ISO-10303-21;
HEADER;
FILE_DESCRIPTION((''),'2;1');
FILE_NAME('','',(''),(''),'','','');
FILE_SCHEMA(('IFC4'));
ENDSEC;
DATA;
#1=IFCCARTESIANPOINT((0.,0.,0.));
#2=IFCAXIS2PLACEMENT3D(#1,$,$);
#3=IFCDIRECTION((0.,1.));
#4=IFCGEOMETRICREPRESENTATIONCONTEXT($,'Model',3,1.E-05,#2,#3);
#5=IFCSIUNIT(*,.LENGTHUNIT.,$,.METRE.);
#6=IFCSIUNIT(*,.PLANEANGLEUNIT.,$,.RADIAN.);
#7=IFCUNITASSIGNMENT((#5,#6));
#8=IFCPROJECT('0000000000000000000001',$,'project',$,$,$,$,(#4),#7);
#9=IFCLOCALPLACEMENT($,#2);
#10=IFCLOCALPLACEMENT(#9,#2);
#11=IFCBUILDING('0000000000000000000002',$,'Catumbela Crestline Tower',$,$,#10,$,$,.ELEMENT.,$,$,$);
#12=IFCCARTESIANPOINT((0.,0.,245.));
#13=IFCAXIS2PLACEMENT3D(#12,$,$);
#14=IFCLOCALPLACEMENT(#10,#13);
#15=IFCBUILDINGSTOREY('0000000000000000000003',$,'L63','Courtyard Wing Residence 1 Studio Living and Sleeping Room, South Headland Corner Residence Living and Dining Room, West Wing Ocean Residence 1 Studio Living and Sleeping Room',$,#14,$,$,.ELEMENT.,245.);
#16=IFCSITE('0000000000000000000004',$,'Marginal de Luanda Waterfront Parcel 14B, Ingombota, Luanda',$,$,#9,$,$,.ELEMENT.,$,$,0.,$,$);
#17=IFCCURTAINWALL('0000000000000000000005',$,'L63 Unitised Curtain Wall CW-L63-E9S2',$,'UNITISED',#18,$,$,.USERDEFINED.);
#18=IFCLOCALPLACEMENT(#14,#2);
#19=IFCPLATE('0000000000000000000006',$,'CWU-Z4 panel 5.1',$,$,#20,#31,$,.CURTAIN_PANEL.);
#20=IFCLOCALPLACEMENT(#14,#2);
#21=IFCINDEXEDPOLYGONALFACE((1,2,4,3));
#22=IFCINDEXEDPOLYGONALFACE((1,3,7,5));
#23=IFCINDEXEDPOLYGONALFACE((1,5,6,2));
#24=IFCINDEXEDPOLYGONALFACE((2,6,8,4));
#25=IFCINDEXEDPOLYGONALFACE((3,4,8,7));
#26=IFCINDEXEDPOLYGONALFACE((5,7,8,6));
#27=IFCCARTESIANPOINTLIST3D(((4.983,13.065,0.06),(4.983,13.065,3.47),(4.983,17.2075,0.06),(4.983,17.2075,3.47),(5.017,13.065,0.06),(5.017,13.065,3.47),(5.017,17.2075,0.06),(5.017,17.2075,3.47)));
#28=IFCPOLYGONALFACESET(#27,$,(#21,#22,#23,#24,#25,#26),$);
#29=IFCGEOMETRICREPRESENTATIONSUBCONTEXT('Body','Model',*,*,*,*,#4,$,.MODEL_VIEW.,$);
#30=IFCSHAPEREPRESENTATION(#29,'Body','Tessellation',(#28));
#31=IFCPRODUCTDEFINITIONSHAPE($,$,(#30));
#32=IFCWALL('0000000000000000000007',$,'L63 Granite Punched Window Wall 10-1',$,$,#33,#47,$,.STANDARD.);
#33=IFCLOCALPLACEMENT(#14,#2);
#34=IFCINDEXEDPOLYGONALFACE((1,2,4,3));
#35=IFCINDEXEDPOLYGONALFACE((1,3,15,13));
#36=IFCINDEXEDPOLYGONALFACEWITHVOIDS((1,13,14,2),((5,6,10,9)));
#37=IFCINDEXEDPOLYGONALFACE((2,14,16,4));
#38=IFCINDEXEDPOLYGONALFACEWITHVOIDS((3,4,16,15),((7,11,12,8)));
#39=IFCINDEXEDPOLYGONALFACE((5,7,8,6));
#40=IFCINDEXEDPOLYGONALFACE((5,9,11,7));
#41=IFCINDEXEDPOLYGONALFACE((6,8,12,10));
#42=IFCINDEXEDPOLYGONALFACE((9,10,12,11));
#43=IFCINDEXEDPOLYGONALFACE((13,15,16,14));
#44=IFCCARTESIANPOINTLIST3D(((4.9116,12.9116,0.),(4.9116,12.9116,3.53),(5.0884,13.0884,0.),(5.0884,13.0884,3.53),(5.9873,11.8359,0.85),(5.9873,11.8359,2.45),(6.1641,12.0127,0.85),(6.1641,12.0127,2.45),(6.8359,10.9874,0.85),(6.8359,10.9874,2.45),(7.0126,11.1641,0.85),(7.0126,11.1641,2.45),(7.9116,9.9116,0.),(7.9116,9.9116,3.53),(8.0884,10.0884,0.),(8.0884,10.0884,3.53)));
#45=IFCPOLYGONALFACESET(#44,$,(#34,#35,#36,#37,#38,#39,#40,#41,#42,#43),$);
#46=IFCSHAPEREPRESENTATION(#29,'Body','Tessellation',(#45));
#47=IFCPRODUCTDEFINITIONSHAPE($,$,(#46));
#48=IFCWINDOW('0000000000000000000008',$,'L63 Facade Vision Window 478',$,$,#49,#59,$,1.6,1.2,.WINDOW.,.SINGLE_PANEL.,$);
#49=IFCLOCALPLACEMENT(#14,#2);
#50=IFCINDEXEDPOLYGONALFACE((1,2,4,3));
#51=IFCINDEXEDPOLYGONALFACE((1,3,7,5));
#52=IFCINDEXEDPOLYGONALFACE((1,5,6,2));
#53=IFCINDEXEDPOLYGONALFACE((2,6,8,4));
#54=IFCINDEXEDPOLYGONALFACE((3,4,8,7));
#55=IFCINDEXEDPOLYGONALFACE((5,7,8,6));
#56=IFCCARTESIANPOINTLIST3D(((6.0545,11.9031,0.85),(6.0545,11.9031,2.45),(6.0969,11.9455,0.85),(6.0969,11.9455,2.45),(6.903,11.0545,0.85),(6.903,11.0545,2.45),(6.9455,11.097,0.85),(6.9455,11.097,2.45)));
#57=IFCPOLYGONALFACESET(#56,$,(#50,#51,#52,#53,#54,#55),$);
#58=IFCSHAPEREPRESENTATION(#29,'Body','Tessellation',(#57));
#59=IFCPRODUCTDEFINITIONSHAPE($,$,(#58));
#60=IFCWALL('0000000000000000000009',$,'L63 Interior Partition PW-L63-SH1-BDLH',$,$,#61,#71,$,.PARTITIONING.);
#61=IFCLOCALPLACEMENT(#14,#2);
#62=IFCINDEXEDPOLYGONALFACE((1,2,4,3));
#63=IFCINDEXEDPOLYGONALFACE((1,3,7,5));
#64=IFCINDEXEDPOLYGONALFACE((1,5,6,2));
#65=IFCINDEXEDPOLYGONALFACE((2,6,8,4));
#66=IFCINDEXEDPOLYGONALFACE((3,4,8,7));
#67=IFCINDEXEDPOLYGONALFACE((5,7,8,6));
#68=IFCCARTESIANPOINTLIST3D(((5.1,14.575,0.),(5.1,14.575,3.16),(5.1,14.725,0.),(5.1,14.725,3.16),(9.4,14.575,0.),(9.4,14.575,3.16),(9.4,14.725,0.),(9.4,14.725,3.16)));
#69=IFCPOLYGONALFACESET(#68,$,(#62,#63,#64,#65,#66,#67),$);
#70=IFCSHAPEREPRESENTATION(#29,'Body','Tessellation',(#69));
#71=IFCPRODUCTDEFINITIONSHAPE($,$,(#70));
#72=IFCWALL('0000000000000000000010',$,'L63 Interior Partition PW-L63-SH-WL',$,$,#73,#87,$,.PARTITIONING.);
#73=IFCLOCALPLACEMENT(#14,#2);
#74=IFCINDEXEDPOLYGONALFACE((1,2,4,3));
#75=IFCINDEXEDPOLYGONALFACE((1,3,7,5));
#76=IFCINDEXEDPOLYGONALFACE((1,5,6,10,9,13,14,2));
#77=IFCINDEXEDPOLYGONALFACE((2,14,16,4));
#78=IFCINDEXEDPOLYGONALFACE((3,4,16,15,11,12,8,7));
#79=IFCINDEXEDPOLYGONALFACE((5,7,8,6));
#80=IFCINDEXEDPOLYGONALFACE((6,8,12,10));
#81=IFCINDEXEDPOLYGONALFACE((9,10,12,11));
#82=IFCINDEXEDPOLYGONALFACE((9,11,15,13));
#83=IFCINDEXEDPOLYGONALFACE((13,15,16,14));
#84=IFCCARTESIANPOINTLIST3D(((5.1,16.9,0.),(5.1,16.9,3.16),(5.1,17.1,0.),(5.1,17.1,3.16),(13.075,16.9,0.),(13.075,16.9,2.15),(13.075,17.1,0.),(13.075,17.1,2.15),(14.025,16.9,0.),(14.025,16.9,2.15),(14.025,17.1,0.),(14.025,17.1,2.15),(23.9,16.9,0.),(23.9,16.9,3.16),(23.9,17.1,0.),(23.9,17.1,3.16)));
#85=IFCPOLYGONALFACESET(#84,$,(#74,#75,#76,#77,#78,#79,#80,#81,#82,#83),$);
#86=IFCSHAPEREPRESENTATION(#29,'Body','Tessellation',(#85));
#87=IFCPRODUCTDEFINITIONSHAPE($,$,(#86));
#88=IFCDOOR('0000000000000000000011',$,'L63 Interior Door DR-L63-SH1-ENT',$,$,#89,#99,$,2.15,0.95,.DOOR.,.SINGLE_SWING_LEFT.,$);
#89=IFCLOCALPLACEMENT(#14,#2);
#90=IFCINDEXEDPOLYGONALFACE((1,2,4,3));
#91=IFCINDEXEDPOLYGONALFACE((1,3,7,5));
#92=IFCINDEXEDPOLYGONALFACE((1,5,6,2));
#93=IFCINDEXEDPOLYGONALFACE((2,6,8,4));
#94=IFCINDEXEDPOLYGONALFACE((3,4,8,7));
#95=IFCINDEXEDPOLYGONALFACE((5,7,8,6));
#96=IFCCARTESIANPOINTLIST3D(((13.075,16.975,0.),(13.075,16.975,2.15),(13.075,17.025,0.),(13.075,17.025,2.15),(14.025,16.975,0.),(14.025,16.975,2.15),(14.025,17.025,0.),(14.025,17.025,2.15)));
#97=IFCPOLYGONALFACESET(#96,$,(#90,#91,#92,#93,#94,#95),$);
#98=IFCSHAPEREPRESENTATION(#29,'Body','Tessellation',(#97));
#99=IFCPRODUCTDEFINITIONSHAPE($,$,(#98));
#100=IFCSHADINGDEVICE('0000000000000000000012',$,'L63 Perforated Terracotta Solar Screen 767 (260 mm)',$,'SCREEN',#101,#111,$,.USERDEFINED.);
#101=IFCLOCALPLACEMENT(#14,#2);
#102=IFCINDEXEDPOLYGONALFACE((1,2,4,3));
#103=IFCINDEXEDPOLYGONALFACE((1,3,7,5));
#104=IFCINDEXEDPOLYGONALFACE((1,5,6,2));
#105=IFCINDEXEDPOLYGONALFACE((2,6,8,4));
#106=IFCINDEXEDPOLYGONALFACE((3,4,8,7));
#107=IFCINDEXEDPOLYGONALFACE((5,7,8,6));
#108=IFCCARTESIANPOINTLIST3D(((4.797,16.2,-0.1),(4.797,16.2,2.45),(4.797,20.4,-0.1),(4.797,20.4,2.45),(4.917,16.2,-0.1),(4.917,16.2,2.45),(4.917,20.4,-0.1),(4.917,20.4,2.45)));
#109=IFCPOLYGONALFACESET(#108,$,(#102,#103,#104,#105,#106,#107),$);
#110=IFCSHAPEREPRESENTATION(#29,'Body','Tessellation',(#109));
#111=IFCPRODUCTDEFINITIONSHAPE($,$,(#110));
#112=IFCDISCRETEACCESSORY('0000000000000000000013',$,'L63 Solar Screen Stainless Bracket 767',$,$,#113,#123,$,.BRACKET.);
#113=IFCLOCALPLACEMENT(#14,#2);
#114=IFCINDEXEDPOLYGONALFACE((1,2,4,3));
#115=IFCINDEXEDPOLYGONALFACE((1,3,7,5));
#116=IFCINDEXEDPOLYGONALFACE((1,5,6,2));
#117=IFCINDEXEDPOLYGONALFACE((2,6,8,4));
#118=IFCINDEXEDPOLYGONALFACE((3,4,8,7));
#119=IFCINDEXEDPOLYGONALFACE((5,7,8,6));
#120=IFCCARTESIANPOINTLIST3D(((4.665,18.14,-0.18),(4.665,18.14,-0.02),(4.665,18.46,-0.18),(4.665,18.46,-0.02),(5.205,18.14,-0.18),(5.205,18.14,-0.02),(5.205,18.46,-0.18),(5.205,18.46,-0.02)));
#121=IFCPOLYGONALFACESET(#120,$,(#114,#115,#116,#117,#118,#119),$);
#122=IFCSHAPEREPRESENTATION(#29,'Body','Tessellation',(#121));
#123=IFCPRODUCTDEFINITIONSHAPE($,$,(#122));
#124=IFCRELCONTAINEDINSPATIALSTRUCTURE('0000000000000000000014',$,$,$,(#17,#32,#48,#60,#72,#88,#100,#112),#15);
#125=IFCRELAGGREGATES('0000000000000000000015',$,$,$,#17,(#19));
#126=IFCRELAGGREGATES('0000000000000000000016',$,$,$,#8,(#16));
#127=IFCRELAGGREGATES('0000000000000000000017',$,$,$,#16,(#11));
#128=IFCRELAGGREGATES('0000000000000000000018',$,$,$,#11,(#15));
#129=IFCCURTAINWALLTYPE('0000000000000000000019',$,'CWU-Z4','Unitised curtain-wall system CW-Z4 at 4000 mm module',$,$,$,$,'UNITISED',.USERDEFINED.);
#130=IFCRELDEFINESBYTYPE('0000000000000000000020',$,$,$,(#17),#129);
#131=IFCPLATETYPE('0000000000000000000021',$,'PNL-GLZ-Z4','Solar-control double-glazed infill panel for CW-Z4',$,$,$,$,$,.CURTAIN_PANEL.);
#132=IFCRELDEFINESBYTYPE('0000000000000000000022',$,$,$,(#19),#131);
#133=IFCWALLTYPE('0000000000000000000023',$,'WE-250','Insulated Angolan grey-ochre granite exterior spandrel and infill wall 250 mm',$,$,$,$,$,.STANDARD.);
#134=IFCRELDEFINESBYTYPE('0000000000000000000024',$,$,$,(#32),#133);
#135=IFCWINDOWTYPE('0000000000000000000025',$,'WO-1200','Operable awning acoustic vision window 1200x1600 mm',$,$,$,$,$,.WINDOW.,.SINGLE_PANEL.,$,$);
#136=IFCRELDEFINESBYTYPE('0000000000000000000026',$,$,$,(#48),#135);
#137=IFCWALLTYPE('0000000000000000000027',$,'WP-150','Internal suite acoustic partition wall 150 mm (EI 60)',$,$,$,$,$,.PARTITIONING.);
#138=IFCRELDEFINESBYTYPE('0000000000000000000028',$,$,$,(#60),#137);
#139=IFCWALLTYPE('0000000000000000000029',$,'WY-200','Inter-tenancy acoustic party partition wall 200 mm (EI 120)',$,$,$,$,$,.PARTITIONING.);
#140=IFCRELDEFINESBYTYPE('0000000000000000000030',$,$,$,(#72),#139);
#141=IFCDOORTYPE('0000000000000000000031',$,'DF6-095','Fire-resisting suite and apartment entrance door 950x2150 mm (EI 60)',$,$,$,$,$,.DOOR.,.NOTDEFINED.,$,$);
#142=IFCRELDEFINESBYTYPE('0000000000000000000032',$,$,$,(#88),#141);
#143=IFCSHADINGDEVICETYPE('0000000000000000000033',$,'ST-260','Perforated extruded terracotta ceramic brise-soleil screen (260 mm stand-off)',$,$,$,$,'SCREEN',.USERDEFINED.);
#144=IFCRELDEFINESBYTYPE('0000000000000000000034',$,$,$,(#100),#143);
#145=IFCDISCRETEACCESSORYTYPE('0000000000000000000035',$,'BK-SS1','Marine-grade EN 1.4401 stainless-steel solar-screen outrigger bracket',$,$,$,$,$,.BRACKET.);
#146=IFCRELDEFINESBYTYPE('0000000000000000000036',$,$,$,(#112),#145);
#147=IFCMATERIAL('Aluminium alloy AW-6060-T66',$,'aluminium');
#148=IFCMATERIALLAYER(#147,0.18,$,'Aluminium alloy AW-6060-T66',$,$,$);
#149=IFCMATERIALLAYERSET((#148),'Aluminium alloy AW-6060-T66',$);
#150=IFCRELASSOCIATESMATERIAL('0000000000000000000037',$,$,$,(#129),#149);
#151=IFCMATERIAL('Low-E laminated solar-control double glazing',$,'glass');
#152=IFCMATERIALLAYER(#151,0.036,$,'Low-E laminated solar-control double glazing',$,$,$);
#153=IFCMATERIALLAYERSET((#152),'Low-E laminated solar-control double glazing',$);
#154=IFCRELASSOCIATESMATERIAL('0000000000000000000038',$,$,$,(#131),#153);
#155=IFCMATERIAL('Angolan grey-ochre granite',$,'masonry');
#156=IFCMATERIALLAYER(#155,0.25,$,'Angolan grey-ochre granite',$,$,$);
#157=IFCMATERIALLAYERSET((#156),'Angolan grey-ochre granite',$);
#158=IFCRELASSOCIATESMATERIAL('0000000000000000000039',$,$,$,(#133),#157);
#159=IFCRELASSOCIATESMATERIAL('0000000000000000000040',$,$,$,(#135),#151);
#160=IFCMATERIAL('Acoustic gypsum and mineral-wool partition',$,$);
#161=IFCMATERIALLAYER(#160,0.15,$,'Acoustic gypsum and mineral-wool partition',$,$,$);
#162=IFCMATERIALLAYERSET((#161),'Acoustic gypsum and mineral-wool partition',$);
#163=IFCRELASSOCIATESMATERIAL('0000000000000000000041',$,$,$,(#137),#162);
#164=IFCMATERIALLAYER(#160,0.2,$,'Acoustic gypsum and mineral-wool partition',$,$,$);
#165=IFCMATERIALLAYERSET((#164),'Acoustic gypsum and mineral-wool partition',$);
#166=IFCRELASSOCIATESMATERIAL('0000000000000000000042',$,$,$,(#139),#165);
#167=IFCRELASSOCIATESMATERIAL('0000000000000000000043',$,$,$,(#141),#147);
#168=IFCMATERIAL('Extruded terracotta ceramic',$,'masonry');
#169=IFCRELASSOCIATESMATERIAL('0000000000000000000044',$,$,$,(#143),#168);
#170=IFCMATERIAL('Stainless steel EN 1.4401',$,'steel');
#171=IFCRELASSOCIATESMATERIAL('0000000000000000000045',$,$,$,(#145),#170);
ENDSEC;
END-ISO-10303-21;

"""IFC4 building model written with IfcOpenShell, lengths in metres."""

from ifc_helpers import new_model, si_unit, direction, frame, frame_2d, origin, origin_2d, place, context, subcontext, project, spatial, rectangle, extrude, material, layer, layer_set, type_object, element, fill, aggregate, save


model = new_model("IFC4")

# Units and contexts
model_context = context("Model", 3, precision=1e-05, world=origin(), true_north=direction((0.0, 1.0)))
body_context = subcontext(model_context, "Body", "Model", "MODEL_VIEW")
ifc_project = project(units=[si_unit("LENGTHUNIT", "METRE"), si_unit("PLANEANGLEUNIT", "RADIAN")], contexts=[model_context])

# Site, building, storey
site_placement = place(None, origin())
site = spatial("IfcSite", under=ifc_project, at=site_placement, Name="Marginal de Luanda Waterfront Parcel 14B, Ingombota, Luanda", CompositionType="ELEMENT", RefElevation=0.0)
building_placement = place(site_placement, origin())
building = spatial("IfcBuilding", under=site, at=building_placement, Name="Catumbela Crestline Tower", CompositionType="ELEMENT")
storey_placement = place(building_placement, frame((0.0, 0.0, 245.0)))
storey = spatial("IfcBuildingStorey", under=building, at=storey_placement, Name="L63", Description="Courtyard Wing Residence 1 Studio Living and Sleeping Room, South Headland Corner Residence Living and Dining Room, West Wing Ocean Residence 1 Studio Living and Sleeping Room", CompositionType="ELEMENT", Elevation=245.0)

# Curtain wall, plate
ifc_material_1 = material(Name="Aluminium alloy AW-6060-T66", Category="aluminium")
ifc_layer_1 = layer(ifc_material_1, 0.18, Name="Aluminium alloy AW-6060-T66")
ifc_layer_set_1 = layer_set([ifc_layer_1], Name="Aluminium alloy AW-6060-T66")
curtain_wall_type = type_object("IfcCurtainWallType", Name="CWU-Z4", Description="Unitised curtain-wall system CW-Z4 at 4000 mm module", ElementType="UNITISED", PredefinedType="USERDEFINED", material=ifc_layer_set_1)
curtain_wall_placement = place(storey_placement, origin())
curtain_wall = element("IfcCurtainWall", 1, at=curtain_wall_placement, inside=storey, type_object=curtain_wall_type, Name="L63 Unitised Curtain Wall CW-L63-E9S2", ObjectType="UNITISED", PredefinedType="USERDEFINED")
ifc_material_2 = material(Name="Low-E laminated solar-control double glazing", Category="glass")
ifc_layer_2 = layer(ifc_material_2, 0.036, Name="Low-E laminated solar-control double glazing")
ifc_layer_set_2 = layer_set([ifc_layer_2], Name="Low-E laminated solar-control double glazing")
plate_type = type_object("IfcPlateType", Name="PNL-GLZ-Z4", Description="Solar-control double-glazed infill panel for CW-Z4", PredefinedType="CURTAIN_PANEL", material=ifc_layer_set_2)
plate_1_placement = place(storey_placement, frame((5.0, 15.1362, 0.06), z_axis=(0.0, 0.0, 1.0), x_axis=(0.0, -1.0, 0.0)))
plate_1 = element("IfcPlate", 2, at=plate_1_placement, type_object=plate_type, Name="CWU-Z4 panel 5.1", PredefinedType="CURTAIN_PANEL", context=body_context, shape_type="SweptSolid", body=[
    extrude(rectangle(XDim=4.1425, YDim=0.034, at=origin_2d()), origin(), (0.0, 0.0, 1.0), 3.41),
])
aggregate(curtain_wall, [plate_1])

# Wall, opening, window
ifc_material_3 = material(Name="Angolan grey-ochre granite", Category="masonry")
ifc_layer_3 = layer(ifc_material_3, 0.25, Name="Angolan grey-ochre granite")
ifc_layer_set_3 = layer_set([ifc_layer_3], Name="Angolan grey-ochre granite")
wall_type_1 = type_object("IfcWallType", Name="WE-250", Description="Insulated Angolan grey-ochre granite exterior spandrel and infill wall 250 mm", PredefinedType="STANDARD", material=ifc_layer_set_3)
wall_1_placement = place(storey_placement, frame((5.0, 13.0, 0.0), z_axis=(0.0, 0.0, 1.0), x_axis=(0.707107, -0.707107, 0.0)))
wall_1 = element("IfcWall", 3, at=wall_1_placement, inside=storey, type_object=wall_type_1, Name="L63 Granite Punched Window Wall 10-1", PredefinedType="STANDARD", context=body_context, shape_type="SweptSolid", body=[
    extrude(rectangle(XDim=4.2426, YDim=0.25, at=frame_2d((2.1213, 0.0))), origin(), (0.0, 0.0, 1.0), 3.53),
])
opening_1_placement = place(wall_1_placement, frame((1.5213, 0.0, 0.85)))
opening_1 = element("IfcOpeningElement", 4, at=opening_1_placement, cuts=wall_1, PredefinedType="OPENING", context=body_context, shape_type="SweptSolid", body=[
    extrude(rectangle(XDim=1.2, YDim=1.6, at=frame_2d((0.6, 0.8))), frame((0.0, 0.135, 0.0), z_axis=(0.0, -1.0, 0.0), x_axis=(1.0, 0.0, 0.0)), (0.0, 0.0, 1.0), 0.27),
])
window_type = type_object("IfcWindowType", Name="WO-1200", Description="Operable awning acoustic vision window 1200x1600 mm", PartitioningType="SINGLE_PANEL", PredefinedType="WINDOW", material=ifc_material_2)
window_placement = place(opening_1_placement, origin())
window = element("IfcWindow", 5, at=window_placement, inside=storey, type_object=window_type, Name="L63 Facade Vision Window 478", OverallHeight=1.6, OverallWidth=1.2, PartitioningType="SINGLE_PANEL", PredefinedType="WINDOW", context=body_context, shape_type="SweptSolid", body=[
    extrude(rectangle(XDim=1.2, YDim=1.6, at=frame_2d((0.6, 0.8))), frame((0.0, 0.03, 0.0), z_axis=(0.0, -1.0, 0.0), x_axis=(1.0, 0.0, 0.0)), (0.0, 0.0, 1.0), 0.06),
])
fill(opening_1, window)

# Wall
ifc_material_4 = material(Name="Acoustic gypsum and mineral-wool partition")
ifc_layer_4 = layer(ifc_material_4, 0.15, Name="Acoustic gypsum and mineral-wool partition")
ifc_layer_set_4 = layer_set([ifc_layer_4], Name="Acoustic gypsum and mineral-wool partition")
wall_type_2 = type_object("IfcWallType", Name="WP-150", Description="Internal suite acoustic partition wall 150 mm (EI 60)", PredefinedType="PARTITIONING", material=ifc_layer_set_4)
wall_2_placement = place(storey_placement, frame((5.1, 14.65, 0.0), z_axis=(0.0, 0.0, 1.0), x_axis=(1.0, 0.0, 0.0)))
element("IfcWall", 6, at=wall_2_placement, inside=storey, type_object=wall_type_2, Name="L63 Interior Partition PW-L63-SH1-BDLH", PredefinedType="PARTITIONING", context=body_context, shape_type="SweptSolid", body=[
    extrude(rectangle(XDim=4.3, YDim=0.15, at=frame_2d((2.15, 0.0))), origin(), (0.0, 0.0, 1.0), 3.16),
])

# Wall, opening, door
ifc_layer_5 = layer(ifc_material_4, 0.2, Name="Acoustic gypsum and mineral-wool partition")
ifc_layer_set_5 = layer_set([ifc_layer_5], Name="Acoustic gypsum and mineral-wool partition")
wall_type_3 = type_object("IfcWallType", Name="WY-200", Description="Inter-tenancy acoustic party partition wall 200 mm (EI 120)", PredefinedType="PARTITIONING", material=ifc_layer_set_5)
wall_3_placement = place(storey_placement, frame((5.1, 17.0, 0.0), z_axis=(0.0, 0.0, 1.0), x_axis=(1.0, 0.0, 0.0)))
wall_3 = element("IfcWall", 7, at=wall_3_placement, inside=storey, type_object=wall_type_3, Name="L63 Interior Partition PW-L63-SH-WL", PredefinedType="PARTITIONING", context=body_context, shape_type="SweptSolid", body=[
    extrude(rectangle(XDim=18.8, YDim=0.2, at=frame_2d((9.4, 0.0))), origin(), (0.0, 0.0, 1.0), 3.16),
])
opening_2_placement = place(wall_3_placement, frame((7.975, 0.0, 0.0)))
opening_2 = element("IfcOpeningElement", 8, at=opening_2_placement, cuts=wall_3, PredefinedType="OPENING", context=body_context, shape_type="SweptSolid", body=[
    extrude(rectangle(XDim=0.95, YDim=2.15, at=frame_2d((0.475, 1.075))), frame((0.0, 0.11, 0.0), z_axis=(0.0, -1.0, 0.0), x_axis=(1.0, 0.0, 0.0)), (0.0, 0.0, 1.0), 0.22),
])
door_type = type_object("IfcDoorType", Name="DF6-095", Description="Fire-resisting suite and apartment entrance door 950x2150 mm (EI 60)", OperationType="NOTDEFINED", PredefinedType="DOOR", material=ifc_material_1)
door_placement = place(opening_2_placement, origin())
door = element("IfcDoor", 9, at=door_placement, inside=storey, type_object=door_type, Name="L63 Interior Door DR-L63-SH1-ENT", OperationType="SINGLE_SWING_LEFT", OverallHeight=2.15, OverallWidth=0.95, PredefinedType="DOOR", context=body_context, shape_type="SweptSolid", body=[
    extrude(rectangle(XDim=0.95, YDim=2.15, at=frame_2d((0.475, 1.075))), frame((0.0, 0.025, 0.0), z_axis=(0.0, -1.0, 0.0), x_axis=(1.0, 0.0, 0.0)), (0.0, 0.0, 1.0), 0.05),
])
fill(opening_2, door)

# Shading device
ifc_material_5 = material(Name="Extruded terracotta ceramic", Category="masonry")
shading_device_type = type_object("IfcShadingDeviceType", Name="ST-260", Description="Perforated extruded terracotta ceramic brise-soleil screen (260 mm stand-off)", ElementType="SCREEN", PredefinedType="USERDEFINED", material=ifc_material_5)
shading_device_placement = place(storey_placement, frame((4.857, 18.3, -0.1), z_axis=(0.0, 0.0, 1.0), x_axis=(0.0, -1.0, 0.0)))
element("IfcShadingDevice", 10, at=shading_device_placement, inside=storey, type_object=shading_device_type, Name="L63 Perforated Terracotta Solar Screen 767 (260 mm)", ObjectType="SCREEN", PredefinedType="USERDEFINED", context=body_context, shape_type="SweptSolid", body=[
    extrude(rectangle(XDim=4.2, YDim=0.12, at=origin_2d()), origin(), (0.0, 0.0, 1.0), 2.55),
])

# Discrete accessory
ifc_material_6 = material(Name="Stainless steel EN 1.4401", Category="steel")
discrete_accessory_type = type_object("IfcDiscreteAccessoryType", Name="BK-SS1", Description="Marine-grade EN 1.4401 stainless-steel solar-screen outrigger bracket", PredefinedType="BRACKET", material=ifc_material_6)
discrete_accessory_placement = place(storey_placement, frame((4.935, 18.3, -0.18), z_axis=(0.0, 0.0, 1.0), x_axis=(0.0, -1.0, 0.0)))
element("IfcDiscreteAccessory", 11, at=discrete_accessory_placement, inside=storey, type_object=discrete_accessory_type, Name="L63 Solar Screen Stainless Bracket 767", PredefinedType="BRACKET", context=body_context, shape_type="SweptSolid", body=[
    extrude(rectangle(XDim=0.32, YDim=0.54, at=origin_2d()), origin(), (0.0, 0.0, 1.0), 0.16),
])

save(model, "model.ifc")
